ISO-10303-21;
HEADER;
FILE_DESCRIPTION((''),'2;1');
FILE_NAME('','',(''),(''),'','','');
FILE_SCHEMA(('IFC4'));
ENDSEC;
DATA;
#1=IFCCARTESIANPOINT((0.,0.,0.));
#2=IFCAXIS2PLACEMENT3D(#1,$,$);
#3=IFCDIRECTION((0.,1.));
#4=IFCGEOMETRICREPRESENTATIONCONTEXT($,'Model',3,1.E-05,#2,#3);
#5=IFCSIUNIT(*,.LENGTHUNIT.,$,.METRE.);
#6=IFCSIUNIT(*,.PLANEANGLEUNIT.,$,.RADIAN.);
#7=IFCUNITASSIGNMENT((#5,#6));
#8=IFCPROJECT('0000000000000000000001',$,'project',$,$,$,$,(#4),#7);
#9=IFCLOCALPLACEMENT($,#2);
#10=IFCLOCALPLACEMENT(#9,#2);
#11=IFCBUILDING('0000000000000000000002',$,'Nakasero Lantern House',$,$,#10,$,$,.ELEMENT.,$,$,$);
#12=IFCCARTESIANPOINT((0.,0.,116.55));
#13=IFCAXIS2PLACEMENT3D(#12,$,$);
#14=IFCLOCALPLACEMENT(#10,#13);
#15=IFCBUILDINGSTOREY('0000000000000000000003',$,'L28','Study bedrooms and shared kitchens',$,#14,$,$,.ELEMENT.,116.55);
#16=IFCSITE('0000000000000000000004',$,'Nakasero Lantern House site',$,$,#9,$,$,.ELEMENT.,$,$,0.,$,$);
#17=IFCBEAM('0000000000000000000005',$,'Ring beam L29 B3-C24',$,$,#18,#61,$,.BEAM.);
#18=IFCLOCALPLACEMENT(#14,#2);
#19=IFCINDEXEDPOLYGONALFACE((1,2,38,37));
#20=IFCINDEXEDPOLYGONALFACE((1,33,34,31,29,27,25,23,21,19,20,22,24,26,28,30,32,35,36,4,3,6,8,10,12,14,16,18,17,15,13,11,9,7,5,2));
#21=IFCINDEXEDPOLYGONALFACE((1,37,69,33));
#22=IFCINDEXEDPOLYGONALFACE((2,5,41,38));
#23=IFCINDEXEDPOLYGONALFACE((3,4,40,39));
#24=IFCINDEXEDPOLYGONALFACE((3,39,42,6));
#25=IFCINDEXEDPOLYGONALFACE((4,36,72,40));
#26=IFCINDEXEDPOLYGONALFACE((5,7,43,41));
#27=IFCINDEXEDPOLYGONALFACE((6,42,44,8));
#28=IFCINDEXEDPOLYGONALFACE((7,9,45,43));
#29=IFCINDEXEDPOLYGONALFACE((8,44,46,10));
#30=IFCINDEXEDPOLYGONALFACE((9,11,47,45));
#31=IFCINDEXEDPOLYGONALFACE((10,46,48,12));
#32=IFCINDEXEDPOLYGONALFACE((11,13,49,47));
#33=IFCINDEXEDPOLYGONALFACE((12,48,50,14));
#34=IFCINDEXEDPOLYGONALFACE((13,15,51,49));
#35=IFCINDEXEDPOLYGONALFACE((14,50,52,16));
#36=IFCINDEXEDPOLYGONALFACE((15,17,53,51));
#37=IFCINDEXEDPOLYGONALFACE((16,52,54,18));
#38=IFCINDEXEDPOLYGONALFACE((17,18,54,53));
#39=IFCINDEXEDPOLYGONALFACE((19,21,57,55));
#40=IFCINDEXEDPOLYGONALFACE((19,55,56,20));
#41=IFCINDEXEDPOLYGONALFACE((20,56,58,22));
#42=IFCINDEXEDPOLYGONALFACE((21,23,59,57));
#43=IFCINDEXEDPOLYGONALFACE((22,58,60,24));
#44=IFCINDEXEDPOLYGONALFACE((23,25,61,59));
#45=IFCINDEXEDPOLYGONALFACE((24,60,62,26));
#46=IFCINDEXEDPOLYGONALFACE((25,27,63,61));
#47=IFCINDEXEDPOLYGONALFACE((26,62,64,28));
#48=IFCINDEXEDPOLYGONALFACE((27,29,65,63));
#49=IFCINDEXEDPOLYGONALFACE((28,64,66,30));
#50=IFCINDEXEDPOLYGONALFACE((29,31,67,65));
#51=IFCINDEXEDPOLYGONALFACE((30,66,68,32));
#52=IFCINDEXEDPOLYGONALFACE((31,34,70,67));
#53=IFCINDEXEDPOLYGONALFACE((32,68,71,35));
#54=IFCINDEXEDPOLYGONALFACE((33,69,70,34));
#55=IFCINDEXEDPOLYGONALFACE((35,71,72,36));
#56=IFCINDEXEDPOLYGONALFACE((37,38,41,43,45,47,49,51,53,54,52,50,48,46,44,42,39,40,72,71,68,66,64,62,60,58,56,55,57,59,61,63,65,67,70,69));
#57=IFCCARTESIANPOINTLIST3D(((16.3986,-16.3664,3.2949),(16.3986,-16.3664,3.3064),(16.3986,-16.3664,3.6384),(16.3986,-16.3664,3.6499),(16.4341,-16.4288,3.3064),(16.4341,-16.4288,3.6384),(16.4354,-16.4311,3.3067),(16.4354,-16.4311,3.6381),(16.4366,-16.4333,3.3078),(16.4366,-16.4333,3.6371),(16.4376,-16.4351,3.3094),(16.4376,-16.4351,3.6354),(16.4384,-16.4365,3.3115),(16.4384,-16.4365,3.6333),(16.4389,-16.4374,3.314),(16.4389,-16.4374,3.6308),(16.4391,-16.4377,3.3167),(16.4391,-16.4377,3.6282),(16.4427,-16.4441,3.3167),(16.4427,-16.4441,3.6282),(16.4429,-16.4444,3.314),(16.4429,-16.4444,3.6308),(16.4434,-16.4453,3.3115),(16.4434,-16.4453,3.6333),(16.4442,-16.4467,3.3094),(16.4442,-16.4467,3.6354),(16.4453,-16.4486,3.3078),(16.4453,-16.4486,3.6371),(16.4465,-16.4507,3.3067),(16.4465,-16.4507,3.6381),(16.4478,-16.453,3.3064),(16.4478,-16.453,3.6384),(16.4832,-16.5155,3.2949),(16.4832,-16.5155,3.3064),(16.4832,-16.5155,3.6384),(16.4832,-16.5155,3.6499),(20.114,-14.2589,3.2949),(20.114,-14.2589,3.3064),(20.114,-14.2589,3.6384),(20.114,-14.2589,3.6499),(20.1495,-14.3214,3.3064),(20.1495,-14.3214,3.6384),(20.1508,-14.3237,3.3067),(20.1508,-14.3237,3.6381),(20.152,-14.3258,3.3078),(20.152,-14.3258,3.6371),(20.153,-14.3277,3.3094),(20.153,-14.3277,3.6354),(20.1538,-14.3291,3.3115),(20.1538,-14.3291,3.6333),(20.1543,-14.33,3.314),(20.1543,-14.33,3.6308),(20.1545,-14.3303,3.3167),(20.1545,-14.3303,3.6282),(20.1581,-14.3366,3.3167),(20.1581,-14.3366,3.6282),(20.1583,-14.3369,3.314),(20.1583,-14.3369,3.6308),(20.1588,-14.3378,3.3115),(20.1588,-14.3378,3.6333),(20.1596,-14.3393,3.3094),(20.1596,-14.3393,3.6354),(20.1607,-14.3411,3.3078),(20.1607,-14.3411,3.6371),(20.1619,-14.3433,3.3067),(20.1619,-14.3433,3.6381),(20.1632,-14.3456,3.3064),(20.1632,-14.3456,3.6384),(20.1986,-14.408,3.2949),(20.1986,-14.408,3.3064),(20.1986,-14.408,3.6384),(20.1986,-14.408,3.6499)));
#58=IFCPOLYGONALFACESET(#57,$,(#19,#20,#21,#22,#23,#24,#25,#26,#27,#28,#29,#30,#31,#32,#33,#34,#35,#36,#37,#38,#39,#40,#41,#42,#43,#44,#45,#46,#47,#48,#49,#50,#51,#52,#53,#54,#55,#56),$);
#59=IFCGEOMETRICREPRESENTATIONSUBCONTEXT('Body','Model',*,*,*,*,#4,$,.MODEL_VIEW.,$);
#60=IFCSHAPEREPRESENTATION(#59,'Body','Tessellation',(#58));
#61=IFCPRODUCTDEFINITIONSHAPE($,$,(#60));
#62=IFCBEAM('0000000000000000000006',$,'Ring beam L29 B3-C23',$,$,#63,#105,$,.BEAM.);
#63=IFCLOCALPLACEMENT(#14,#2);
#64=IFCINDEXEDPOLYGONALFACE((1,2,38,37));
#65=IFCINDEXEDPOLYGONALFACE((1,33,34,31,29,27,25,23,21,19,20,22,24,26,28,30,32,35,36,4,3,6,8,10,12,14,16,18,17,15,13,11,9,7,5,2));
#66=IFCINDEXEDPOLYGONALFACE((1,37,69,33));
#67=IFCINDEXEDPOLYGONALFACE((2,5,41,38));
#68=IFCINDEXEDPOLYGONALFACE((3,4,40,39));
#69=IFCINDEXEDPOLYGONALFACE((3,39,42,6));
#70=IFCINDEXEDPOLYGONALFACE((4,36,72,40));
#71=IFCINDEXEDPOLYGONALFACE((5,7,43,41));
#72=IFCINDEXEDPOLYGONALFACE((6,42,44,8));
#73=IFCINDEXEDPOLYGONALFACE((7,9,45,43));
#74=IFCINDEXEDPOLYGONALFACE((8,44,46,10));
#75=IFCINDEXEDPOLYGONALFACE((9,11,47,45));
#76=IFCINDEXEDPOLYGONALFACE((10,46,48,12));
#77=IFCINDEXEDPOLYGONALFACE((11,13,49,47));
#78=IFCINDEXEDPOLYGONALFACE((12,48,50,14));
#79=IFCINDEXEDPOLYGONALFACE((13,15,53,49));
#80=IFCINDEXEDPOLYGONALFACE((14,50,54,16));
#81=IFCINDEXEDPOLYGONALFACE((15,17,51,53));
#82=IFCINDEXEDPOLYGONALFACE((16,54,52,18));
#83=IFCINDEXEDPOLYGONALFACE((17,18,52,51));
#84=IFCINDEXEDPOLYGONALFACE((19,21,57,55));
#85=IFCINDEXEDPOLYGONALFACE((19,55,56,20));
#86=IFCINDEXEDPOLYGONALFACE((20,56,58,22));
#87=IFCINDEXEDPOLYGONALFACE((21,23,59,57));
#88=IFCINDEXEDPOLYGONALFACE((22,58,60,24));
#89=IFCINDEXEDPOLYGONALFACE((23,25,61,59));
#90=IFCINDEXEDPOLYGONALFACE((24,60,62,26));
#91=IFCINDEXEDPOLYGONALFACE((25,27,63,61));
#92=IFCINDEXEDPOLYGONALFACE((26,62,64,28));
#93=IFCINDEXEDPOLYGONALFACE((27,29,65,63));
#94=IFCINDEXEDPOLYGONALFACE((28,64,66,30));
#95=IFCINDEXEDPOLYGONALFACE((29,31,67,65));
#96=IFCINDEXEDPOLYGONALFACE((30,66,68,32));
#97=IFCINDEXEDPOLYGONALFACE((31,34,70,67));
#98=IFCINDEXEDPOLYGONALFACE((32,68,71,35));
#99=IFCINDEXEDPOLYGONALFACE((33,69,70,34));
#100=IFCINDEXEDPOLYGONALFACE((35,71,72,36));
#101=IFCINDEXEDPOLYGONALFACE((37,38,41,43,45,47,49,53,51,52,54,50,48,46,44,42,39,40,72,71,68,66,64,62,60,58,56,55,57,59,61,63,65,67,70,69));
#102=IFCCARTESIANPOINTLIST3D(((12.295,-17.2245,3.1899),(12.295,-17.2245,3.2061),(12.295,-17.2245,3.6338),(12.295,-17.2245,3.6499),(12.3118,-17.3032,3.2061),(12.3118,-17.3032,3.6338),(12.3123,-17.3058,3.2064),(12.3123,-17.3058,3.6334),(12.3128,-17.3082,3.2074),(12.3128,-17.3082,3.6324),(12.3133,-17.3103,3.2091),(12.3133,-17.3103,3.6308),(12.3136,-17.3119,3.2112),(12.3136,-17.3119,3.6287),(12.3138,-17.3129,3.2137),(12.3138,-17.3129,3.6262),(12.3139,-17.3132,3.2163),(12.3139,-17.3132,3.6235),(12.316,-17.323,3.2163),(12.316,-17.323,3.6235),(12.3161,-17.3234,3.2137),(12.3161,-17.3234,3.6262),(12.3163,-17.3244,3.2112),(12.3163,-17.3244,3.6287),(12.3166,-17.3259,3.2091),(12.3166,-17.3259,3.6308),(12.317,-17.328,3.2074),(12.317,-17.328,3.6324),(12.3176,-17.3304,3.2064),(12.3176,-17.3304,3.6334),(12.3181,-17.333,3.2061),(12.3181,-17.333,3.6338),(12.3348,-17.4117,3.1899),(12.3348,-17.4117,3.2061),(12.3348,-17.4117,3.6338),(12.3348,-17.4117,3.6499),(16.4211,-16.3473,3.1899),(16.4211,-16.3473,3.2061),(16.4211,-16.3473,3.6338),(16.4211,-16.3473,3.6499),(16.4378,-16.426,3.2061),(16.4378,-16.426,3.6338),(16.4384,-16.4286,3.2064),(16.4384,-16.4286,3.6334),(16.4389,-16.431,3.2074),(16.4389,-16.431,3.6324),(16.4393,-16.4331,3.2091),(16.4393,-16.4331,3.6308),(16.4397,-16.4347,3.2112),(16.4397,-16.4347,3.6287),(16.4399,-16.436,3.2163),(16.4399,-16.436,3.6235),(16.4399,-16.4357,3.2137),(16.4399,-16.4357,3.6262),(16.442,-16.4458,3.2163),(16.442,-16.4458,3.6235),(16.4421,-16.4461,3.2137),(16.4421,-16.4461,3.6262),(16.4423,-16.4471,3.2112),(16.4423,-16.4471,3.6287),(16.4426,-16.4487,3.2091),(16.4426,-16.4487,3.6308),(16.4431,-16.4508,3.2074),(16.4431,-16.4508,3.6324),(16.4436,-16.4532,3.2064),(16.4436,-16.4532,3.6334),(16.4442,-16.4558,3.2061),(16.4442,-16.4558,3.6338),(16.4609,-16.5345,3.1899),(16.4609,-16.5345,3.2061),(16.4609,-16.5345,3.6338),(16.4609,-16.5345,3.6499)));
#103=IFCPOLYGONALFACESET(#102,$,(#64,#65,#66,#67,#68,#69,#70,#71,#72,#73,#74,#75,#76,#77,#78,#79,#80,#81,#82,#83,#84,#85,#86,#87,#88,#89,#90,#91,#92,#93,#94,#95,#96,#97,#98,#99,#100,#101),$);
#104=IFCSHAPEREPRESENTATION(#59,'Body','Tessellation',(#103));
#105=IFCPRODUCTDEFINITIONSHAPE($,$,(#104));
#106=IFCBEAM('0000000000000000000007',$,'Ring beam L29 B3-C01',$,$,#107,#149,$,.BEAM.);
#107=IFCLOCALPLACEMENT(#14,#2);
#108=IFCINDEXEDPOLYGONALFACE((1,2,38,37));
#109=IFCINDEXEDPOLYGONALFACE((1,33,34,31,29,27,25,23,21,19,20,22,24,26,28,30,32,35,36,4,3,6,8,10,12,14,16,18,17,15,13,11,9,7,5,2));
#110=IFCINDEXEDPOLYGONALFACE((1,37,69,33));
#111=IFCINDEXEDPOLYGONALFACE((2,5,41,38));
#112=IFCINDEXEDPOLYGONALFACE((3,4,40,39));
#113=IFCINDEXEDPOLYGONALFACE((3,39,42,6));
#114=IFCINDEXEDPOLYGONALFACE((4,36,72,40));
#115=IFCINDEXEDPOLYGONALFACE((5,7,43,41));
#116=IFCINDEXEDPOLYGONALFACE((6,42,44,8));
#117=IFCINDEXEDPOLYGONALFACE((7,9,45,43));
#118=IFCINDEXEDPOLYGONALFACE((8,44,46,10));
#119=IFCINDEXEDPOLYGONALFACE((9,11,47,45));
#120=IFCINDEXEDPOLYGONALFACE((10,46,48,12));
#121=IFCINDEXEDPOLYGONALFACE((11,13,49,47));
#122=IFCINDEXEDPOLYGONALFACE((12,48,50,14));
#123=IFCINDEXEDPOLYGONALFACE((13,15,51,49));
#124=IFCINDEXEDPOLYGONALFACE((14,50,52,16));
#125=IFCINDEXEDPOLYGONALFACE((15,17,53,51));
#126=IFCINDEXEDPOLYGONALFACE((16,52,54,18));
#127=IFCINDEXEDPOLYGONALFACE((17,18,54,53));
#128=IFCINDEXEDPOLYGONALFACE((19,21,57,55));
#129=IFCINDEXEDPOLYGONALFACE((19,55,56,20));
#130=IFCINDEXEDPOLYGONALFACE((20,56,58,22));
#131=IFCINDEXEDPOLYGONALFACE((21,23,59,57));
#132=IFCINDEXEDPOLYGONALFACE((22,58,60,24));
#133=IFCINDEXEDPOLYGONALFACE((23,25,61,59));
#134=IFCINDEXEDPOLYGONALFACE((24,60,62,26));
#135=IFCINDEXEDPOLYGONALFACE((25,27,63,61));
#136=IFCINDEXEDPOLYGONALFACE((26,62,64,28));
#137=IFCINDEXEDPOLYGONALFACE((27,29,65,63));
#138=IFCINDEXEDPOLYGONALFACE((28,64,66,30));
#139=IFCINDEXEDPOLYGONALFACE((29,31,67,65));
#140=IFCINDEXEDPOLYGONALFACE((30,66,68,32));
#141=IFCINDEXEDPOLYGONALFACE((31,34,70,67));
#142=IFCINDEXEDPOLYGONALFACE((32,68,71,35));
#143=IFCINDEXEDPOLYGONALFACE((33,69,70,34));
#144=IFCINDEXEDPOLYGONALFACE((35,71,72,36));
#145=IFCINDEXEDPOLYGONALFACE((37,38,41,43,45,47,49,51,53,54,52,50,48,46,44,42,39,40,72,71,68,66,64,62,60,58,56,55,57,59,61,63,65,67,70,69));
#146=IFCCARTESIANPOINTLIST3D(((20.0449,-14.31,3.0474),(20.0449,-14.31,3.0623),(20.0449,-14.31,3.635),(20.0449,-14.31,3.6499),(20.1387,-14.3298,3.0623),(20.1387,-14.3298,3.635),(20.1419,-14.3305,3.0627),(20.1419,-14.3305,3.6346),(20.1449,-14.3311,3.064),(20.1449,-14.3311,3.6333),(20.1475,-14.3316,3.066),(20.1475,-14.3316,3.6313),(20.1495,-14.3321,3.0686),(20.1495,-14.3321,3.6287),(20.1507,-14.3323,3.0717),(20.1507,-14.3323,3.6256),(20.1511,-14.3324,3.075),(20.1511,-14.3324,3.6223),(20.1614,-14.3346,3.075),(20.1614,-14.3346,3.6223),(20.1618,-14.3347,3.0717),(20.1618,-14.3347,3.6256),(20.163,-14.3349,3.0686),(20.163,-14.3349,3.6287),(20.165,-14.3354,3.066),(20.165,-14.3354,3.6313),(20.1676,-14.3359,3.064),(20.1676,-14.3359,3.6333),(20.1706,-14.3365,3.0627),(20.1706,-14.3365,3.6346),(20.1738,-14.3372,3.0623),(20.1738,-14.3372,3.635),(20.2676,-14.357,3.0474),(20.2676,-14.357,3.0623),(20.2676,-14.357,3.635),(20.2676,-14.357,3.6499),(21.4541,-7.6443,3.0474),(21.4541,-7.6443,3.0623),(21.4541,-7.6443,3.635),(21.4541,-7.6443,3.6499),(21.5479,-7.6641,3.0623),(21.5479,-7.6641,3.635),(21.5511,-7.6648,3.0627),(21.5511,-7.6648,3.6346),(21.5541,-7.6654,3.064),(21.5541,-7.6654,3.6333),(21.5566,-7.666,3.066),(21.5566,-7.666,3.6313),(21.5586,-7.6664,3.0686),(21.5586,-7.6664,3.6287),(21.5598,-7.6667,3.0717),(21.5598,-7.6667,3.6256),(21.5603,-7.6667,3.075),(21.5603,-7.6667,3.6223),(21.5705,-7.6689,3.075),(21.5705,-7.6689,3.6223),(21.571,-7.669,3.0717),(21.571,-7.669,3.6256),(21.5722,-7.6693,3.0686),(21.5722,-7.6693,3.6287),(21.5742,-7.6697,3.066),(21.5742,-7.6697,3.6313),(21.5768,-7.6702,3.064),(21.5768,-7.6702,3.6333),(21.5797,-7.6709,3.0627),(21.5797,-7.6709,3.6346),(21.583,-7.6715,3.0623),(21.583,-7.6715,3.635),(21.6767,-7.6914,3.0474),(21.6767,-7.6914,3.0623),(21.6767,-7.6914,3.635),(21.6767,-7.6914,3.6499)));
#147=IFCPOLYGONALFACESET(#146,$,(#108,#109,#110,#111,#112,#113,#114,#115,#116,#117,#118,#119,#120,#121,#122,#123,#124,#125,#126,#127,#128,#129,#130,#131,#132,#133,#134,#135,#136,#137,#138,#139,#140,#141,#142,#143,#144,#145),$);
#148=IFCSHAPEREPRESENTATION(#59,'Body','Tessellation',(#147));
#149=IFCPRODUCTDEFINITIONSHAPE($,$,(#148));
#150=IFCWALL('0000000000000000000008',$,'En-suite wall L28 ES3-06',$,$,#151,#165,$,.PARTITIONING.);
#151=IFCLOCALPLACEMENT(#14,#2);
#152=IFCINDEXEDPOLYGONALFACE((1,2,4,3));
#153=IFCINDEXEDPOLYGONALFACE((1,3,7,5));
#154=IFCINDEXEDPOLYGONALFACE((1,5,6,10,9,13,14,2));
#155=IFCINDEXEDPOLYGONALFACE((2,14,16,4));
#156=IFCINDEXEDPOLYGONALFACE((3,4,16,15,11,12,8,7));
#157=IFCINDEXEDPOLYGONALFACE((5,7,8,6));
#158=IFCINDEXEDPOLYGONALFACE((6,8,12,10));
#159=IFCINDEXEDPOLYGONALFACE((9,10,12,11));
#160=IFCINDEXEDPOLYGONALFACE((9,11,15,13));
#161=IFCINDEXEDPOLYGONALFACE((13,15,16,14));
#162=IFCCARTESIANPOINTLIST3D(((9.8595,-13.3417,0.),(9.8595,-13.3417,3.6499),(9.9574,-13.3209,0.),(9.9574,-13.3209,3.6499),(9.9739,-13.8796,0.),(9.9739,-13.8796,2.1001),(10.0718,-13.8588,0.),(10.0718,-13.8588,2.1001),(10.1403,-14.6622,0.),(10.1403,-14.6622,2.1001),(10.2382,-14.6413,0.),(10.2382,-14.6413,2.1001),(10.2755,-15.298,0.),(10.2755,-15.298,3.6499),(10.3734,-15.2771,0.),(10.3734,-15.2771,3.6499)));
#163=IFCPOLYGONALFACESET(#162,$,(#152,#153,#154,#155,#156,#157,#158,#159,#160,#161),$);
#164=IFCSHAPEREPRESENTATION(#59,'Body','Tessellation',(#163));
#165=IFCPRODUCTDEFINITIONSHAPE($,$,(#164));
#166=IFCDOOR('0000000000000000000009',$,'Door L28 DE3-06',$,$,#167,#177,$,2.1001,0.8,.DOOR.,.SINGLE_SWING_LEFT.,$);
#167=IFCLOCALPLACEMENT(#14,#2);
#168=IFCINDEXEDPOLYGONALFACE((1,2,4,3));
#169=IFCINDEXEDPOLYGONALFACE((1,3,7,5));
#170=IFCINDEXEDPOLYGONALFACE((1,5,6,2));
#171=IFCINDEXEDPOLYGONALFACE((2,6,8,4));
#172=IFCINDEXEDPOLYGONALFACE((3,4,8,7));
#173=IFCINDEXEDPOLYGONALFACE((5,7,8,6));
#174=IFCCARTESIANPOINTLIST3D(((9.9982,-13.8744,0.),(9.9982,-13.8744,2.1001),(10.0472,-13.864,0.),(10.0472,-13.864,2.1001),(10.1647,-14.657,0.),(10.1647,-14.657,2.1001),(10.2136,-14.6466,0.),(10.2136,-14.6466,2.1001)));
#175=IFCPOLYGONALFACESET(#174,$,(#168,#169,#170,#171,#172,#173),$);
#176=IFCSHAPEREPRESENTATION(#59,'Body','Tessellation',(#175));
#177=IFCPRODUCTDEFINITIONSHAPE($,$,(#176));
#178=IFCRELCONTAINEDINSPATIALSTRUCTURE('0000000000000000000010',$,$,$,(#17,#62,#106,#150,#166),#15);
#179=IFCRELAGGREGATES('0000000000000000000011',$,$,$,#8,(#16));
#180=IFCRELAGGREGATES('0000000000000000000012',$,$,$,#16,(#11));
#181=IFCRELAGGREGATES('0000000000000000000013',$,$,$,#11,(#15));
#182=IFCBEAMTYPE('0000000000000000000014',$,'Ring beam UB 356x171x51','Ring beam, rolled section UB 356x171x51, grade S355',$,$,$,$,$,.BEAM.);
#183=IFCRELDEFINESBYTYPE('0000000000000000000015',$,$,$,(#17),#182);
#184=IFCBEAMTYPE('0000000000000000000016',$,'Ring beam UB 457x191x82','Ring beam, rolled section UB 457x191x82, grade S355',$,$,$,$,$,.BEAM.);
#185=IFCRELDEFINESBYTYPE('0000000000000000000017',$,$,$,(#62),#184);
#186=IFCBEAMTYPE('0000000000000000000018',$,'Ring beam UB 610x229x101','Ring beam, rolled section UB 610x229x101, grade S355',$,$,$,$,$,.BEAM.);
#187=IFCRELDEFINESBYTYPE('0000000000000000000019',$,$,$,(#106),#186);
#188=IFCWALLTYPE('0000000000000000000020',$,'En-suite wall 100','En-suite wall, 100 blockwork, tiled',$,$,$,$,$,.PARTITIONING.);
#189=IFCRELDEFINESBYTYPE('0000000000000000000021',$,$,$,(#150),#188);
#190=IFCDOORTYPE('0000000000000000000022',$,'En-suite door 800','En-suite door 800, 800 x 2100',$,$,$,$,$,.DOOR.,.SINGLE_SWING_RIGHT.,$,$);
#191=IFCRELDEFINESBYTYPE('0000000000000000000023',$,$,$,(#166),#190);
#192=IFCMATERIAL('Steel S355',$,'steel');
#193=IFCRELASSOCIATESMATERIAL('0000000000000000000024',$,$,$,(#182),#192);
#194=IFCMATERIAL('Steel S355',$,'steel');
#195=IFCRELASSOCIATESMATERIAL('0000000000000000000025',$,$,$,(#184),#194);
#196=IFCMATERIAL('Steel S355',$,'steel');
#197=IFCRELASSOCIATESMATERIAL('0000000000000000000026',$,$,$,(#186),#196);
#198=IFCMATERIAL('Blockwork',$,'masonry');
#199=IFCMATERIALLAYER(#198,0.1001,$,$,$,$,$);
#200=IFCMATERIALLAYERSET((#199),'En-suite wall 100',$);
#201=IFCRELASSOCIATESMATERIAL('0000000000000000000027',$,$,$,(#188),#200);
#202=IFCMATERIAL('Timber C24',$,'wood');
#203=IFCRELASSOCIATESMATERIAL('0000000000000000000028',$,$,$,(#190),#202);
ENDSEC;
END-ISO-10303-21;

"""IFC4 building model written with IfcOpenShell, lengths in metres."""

from ifc_helpers import new_model, si_unit, direction, frame, frame_2d, origin, origin_2d, place, context, subcontext, project, spatial, rectangle, i_section, extrude, material, layer, layer_set, material_profile, profile_set, type_object, element, fill, save


model = new_model("IFC4")

# Units and contexts
model_context = context("Model", 3, precision=1e-05, world=origin(), true_north=direction((0.0, 1.0)))
body_context = subcontext(model_context, "Body", "Model", "MODEL_VIEW")
ifc_project = project(units=[si_unit("LENGTHUNIT", "METRE"), si_unit("PLANEANGLEUNIT", "RADIAN")], contexts=[model_context])

# Site, building, storey
site_placement = place(None, origin())
site = spatial("IfcSite", under=ifc_project, at=site_placement, Name="Nakasero Lantern House site", CompositionType="ELEMENT", RefElevation=0.0)
building_placement = place(site_placement, origin())
building = spatial("IfcBuilding", under=site, at=building_placement, Name="Nakasero Lantern House", CompositionType="ELEMENT")
storey_placement = place(building_placement, frame((0.0, 0.0, 116.55)))
storey = spatial("IfcBuildingStorey", under=building, at=storey_placement, Name="L28", Description="Study bedrooms and shared kitchens", CompositionType="ELEMENT", Elevation=116.55)

# Beams
ifc_material_1 = material(Name="Steel S355", Category="steel")
ifc_material_profile_1 = material_profile(ifc_material_1, i_section(OverallWidth=0.1714, OverallDepth=0.355, WebThickness=0.0073, FlangeThickness=0.0115, FilletRadius=0.0103, at=origin_2d()), Name="UB 356x171x51")
ifc_profile_set_1 = profile_set([ifc_material_profile_1], Name="Steel S355")
beam_type_1 = type_object("IfcBeamType", Name="Ring beam UB 356x171x51", Description="Ring beam, rolled section UB 356x171x51, grade S355", PredefinedType="BEAM", material=ifc_profile_set_1)
beam_1_placement = place(storey_placement, frame((16.4409, -16.4409, 3.4724), z_axis=(0.869815, 0.493379, 0.0), x_axis=(-0.493379, 0.869815, 0.0)))
element("IfcBeam", 1, at=beam_1_placement, inside=storey, type_object=beam_type_1, Name="Ring beam L29 B3-C24", PredefinedType="BEAM", context=body_context, shape_type="SweptSolid", body=[
    extrude(i_section(OverallWidth=0.1714, OverallDepth=0.355, WebThickness=0.0073, FlangeThickness=0.0115, FilletRadius=0.0103, at=origin_2d()), origin(), (0.0, 0.0, 1.0), 4.2715),
])
ifc_material_2 = material(Name="Steel S355", Category="steel")
ifc_material_profile_2 = material_profile(ifc_material_2, i_section(OverallWidth=0.1914, OverallDepth=0.46, WebThickness=0.01, FlangeThickness=0.0161, FilletRadius=0.0103, at=origin_2d()), Name="UB 457x191x82")
ifc_profile_set_2 = profile_set([ifc_material_profile_2], Name="Steel S355")
beam_type_2 = type_object("IfcBeamType", Name="Ring beam UB 457x191x82", Description="Ring beam, rolled section UB 457x191x82, grade S355", PredefinedType="BEAM", material=ifc_profile_set_2)
beam_2_placement = place(storey_placement, frame((12.3149, -17.3181, 3.4199), z_axis=(0.978138, 0.207956, 0.0), x_axis=(-0.207956, 0.978138, 0.0)))
element("IfcBeam", 2, at=beam_2_placement, inside=storey, type_object=beam_type_2, Name="Ring beam L29 B3-C23", PredefinedType="BEAM", context=body_context, shape_type="SweptSolid", body=[
    extrude(i_section(OverallWidth=0.1914, OverallDepth=0.46, WebThickness=0.01, FlangeThickness=0.0161, FilletRadius=0.0103, at=origin_2d()), origin(), (0.0, 0.0, 1.0), 4.2183),
])
ifc_material_3 = material(Name="Steel S355", Category="steel")
ifc_material_profile_3 = material_profile(ifc_material_3, i_section(OverallWidth=0.2275, OverallDepth=0.6025, WebThickness=0.0105, FlangeThickness=0.0149, FilletRadius=0.0127, at=origin_2d()), Name="UB 610x229x101")
ifc_profile_set_3 = profile_set([ifc_material_profile_3], Name="Steel S355")
beam_type_3 = type_object("IfcBeamType", Name="Ring beam UB 610x229x101", Description="Ring beam, rolled section UB 610x229x101, grade S355", PredefinedType="BEAM", material=ifc_profile_set_3)
beam_3_placement = place(storey_placement, frame((20.1562, -14.3335, 3.3486), z_axis=(0.206834, 0.978376, 0.0), x_axis=(-0.978376, 0.206834, 0.0)))
element("IfcBeam", 3, at=beam_3_placement, inside=storey, type_object=beam_type_3, Name="Ring beam L29 B3-C01", PredefinedType="BEAM", context=body_context, shape_type="SweptSolid", body=[
    extrude(i_section(OverallWidth=0.2275, OverallDepth=0.6025, WebThickness=0.0105, FlangeThickness=0.0149, FilletRadius=0.0127, at=origin_2d()), origin(), (0.0, 0.0, 1.0), 6.813),
])

# Wall, opening, door
ifc_material_4 = material(Name="Blockwork", Category="masonry")
ifc_layer_1 = layer(ifc_material_4, 0.1001)
ifc_layer_set_1 = layer_set([ifc_layer_1], Name="En-suite wall 100")
wall_type_1 = type_object("IfcWallType", Name="En-suite wall 100", Description="En-suite wall, 100 blockwork, tiled", PredefinedType="PARTITIONING", material=ifc_layer_set_1)
wall_1_placement = place(storey_placement, frame((9.9084, -13.3313, 0.0), z_axis=(0.0, 0.0, 1.0), x_axis=(0.208003, -0.978128, 0.0)))
wall_1 = element("IfcWall", 4, at=wall_1_placement, inside=storey, type_object=wall_type_1, Name="En-suite wall L28 ES3-06", PredefinedType="PARTITIONING", context=body_context, shape_type="SweptSolid", body=[
    extrude(rectangle(XDim=2.0, YDim=0.1001, at=frame_2d((1.0, 0.0))), origin(), (0.0, 0.0, 1.0), 3.6499),
])
opening_1_placement = place(wall_1_placement, frame((0.55, 0.0, 0.0)))
opening_1 = element("IfcOpeningElement", 5, at=opening_1_placement, cuts=wall_1, PredefinedType="OPENING", context=body_context, shape_type="SweptSolid", body=[
    extrude(rectangle(XDim=0.8, YDim=2.1001, at=frame_2d((0.3999, 1.05))), frame((0.0, 0.0701, 0.0), z_axis=(0.0, -1.0, 0.0), x_axis=(1.0, 0.0, 0.0)), (0.0, 0.0, 1.0), 0.1401),
])
ifc_material_5 = material(Name="Timber C24", Category="wood")
door_type_1 = type_object("IfcDoorType", Name="En-suite door 800", Description="En-suite door 800, 800 x 2100", OperationType="SINGLE_SWING_RIGHT", PredefinedType="DOOR", material=ifc_material_5)
door_1_placement = place(opening_1_placement, origin())
door_1 = element("IfcDoor", 6, at=door_1_placement, inside=storey, type_object=door_type_1, Name="Door L28 DE3-06", OperationType="SINGLE_SWING_LEFT", OverallHeight=2.1001, OverallWidth=0.8, PredefinedType="DOOR", context=body_context, shape_type="SweptSolid", body=[
    extrude(rectangle(XDim=0.8, YDim=2.1001, at=frame_2d((0.3999, 1.05))), frame((0.0, 0.0249, 0.0), z_axis=(0.0, -1.0, 0.0), x_axis=(1.0, 0.0, 0.0)), (0.0, 0.0, 1.0), 0.05),
])
fill(opening_1, door_1)

save(model, "model.ifc")
